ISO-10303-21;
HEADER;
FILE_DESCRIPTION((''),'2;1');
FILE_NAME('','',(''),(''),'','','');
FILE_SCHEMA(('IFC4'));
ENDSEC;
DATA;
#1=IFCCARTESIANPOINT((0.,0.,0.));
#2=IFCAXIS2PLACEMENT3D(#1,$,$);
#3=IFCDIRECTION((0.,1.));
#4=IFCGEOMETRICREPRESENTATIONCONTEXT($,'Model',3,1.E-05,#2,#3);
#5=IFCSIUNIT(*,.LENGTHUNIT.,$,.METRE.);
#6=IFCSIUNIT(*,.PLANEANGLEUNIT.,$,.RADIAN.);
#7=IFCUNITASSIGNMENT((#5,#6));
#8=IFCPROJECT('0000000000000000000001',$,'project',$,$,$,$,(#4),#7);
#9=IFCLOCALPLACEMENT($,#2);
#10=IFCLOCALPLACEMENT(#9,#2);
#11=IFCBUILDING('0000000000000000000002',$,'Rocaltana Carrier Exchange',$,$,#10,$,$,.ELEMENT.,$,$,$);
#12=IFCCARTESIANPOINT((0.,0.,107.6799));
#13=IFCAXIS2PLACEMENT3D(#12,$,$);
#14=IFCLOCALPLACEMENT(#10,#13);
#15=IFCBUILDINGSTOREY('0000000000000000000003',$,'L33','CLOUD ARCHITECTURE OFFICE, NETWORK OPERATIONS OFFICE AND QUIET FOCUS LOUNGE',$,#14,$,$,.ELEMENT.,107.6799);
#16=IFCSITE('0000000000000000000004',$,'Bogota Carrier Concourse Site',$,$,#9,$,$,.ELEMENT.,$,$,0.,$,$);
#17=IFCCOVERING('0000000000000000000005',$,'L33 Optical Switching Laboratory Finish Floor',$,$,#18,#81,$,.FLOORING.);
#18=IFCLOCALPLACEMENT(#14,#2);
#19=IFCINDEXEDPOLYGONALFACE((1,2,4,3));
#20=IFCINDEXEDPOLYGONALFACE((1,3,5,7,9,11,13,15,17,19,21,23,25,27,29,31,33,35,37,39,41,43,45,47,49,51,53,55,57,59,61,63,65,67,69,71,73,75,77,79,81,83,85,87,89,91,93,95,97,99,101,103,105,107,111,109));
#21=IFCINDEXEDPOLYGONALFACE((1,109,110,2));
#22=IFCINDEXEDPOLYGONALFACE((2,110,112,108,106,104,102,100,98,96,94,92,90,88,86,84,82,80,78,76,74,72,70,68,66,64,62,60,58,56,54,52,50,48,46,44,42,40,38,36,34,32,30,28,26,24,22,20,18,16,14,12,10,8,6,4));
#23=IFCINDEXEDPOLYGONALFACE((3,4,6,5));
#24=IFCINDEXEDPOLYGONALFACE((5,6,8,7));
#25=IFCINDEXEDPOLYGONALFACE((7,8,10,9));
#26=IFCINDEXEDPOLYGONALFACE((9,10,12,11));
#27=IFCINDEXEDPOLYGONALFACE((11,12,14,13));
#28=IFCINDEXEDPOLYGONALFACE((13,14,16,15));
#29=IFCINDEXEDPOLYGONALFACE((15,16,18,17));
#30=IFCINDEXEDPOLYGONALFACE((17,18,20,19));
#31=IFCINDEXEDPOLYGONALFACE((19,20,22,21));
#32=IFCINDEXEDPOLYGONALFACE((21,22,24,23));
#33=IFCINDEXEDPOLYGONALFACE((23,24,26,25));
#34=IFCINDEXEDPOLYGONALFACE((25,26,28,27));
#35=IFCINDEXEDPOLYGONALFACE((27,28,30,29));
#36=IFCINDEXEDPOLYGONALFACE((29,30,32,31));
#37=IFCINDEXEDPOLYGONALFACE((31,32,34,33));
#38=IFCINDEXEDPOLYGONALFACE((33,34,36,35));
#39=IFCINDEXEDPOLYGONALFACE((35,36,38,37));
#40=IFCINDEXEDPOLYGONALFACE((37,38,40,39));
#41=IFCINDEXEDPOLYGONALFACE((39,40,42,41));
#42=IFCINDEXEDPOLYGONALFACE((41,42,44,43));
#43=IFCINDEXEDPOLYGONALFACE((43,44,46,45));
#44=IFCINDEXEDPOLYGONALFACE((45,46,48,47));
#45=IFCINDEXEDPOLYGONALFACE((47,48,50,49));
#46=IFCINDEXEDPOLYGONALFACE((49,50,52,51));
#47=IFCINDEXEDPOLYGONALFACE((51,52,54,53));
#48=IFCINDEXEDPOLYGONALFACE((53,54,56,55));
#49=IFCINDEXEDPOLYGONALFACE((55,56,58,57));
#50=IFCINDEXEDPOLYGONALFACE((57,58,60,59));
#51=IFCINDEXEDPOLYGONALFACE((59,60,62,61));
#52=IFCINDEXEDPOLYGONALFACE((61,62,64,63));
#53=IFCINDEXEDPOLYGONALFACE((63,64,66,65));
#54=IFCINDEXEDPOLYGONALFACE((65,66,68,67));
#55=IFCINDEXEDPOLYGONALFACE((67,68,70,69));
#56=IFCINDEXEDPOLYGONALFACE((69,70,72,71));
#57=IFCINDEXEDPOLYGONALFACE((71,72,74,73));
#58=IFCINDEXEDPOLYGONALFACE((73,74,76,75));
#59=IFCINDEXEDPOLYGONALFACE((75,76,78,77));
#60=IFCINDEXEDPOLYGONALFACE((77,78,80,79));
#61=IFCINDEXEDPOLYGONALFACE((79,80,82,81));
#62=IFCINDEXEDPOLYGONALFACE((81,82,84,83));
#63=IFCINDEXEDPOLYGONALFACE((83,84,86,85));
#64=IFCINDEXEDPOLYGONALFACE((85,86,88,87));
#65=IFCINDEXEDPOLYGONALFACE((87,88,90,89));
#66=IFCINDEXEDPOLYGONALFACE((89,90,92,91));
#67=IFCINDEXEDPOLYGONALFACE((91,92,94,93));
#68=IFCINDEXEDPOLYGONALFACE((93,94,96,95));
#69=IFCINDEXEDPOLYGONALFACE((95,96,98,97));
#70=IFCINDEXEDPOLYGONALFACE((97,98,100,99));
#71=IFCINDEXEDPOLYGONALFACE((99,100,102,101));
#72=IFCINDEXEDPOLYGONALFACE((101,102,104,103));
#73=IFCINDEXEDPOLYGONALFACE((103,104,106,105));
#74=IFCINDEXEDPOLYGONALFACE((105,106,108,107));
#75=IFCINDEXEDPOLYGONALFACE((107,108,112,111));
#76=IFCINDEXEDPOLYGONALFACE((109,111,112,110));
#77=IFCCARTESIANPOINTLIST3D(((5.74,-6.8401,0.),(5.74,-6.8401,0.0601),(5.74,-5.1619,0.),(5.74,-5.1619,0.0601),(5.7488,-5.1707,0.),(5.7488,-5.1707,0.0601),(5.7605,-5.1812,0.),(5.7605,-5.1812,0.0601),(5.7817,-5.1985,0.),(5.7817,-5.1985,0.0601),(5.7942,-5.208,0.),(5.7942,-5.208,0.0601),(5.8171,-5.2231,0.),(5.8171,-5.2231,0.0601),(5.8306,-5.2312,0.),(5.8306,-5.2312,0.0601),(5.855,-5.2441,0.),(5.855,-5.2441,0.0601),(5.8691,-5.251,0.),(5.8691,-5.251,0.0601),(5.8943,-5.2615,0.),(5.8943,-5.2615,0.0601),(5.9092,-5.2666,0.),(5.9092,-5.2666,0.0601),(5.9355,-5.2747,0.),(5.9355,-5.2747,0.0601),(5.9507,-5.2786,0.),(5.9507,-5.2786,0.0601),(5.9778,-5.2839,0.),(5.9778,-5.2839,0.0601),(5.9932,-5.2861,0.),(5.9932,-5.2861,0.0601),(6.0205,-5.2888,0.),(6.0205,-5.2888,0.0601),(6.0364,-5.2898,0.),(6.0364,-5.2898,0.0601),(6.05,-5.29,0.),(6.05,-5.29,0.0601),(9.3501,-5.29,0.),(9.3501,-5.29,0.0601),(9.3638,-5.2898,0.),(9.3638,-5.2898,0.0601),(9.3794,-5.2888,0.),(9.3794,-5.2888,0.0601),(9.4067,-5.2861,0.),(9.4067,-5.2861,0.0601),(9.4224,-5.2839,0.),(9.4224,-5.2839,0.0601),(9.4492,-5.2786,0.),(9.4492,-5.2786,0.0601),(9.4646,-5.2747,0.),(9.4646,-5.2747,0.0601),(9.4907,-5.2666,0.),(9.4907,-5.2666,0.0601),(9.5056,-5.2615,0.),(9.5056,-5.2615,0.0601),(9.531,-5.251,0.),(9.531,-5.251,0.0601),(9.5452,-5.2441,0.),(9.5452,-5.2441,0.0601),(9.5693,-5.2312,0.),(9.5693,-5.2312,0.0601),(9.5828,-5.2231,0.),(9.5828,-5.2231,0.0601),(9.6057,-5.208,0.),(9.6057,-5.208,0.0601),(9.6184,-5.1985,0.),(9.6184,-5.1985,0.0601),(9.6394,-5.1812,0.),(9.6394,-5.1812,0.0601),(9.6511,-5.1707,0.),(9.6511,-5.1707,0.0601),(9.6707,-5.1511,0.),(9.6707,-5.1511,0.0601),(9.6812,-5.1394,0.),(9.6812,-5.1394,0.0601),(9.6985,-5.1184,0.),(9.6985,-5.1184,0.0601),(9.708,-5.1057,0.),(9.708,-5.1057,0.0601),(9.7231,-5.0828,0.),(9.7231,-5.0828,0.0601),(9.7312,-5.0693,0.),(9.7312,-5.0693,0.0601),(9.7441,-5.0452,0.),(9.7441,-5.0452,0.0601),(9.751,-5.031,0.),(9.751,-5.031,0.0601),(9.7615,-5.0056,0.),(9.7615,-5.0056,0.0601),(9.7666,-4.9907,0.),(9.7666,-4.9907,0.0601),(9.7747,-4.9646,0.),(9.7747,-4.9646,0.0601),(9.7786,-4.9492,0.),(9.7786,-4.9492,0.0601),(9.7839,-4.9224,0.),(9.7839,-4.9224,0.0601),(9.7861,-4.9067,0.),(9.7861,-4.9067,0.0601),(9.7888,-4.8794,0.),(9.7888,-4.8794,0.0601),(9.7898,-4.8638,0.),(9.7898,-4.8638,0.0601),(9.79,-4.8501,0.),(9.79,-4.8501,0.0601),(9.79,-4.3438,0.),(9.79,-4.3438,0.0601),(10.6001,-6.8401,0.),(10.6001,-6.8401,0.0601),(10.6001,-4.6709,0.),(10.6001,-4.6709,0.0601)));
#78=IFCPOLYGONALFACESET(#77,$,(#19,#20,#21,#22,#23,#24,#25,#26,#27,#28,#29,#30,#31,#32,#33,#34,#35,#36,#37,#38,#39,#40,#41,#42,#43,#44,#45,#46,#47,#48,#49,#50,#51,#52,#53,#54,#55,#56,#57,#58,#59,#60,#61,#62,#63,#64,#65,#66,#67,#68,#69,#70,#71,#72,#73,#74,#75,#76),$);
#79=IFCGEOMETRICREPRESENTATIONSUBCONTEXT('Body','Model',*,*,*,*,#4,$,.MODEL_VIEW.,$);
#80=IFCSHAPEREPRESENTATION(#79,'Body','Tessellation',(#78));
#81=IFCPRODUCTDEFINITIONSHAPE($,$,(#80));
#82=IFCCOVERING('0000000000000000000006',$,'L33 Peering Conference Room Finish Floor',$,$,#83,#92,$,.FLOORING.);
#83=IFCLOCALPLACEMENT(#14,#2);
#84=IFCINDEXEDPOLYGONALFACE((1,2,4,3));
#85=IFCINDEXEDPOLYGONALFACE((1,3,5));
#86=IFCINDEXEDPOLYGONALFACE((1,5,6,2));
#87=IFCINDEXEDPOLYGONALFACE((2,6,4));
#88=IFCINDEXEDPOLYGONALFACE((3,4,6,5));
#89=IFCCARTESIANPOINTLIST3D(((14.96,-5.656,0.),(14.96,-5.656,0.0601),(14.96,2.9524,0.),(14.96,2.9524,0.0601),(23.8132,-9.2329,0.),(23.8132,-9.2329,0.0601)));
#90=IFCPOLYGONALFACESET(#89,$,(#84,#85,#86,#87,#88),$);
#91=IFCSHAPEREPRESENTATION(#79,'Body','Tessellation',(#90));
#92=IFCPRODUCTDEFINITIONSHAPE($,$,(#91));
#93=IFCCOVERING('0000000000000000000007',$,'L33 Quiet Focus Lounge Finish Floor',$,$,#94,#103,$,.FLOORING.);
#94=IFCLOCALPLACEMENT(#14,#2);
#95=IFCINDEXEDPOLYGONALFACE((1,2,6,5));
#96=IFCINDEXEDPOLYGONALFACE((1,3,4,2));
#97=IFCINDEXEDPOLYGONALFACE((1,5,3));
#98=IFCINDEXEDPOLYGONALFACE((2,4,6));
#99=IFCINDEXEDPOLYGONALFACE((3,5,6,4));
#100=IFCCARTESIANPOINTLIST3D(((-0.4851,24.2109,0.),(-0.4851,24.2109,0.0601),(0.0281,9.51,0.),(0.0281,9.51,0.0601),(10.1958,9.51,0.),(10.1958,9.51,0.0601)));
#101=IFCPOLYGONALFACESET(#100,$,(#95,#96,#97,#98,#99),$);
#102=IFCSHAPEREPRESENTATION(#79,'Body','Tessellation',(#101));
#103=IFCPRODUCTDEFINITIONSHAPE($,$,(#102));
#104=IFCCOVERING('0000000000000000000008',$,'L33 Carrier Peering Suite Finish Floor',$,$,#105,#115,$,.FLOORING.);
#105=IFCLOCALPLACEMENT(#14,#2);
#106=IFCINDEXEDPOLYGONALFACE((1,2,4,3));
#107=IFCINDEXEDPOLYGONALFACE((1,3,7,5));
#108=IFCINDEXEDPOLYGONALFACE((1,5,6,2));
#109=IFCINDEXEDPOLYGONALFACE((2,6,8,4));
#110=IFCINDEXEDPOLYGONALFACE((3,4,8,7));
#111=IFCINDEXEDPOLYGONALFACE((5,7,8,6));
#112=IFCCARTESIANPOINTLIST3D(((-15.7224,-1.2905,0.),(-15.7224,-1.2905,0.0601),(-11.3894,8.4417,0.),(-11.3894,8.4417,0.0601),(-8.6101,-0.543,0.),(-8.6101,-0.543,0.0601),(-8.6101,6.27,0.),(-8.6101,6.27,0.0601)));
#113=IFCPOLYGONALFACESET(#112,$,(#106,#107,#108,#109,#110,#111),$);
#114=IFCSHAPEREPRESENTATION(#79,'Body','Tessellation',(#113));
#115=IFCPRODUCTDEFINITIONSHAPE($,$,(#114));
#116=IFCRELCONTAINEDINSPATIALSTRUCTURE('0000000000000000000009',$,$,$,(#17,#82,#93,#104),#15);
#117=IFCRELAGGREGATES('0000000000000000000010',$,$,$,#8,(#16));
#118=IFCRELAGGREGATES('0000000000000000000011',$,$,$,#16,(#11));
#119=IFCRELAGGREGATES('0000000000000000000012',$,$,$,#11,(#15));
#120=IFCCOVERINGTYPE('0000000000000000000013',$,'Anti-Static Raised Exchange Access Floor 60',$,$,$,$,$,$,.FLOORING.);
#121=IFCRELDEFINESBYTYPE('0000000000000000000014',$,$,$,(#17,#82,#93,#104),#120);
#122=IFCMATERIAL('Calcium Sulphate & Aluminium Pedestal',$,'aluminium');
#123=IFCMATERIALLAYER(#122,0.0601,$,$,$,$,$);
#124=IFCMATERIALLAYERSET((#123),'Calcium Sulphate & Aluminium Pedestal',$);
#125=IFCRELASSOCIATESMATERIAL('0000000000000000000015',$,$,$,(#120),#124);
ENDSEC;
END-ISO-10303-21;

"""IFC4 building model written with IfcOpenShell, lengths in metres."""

from ifc_helpers import new_model, si_unit, direction, frame, origin, place, context, subcontext, project, spatial, polyline, outline, extrude, material, layer, layer_set, type_object, element, save


model = new_model("IFC4")

# Units and contexts
model_context = context("Model", 3, precision=1e-05, world=origin(), true_north=direction((0.0, 1.0)))
body_context = subcontext(model_context, "Body", "Model", "MODEL_VIEW")
ifc_project = project(units=[si_unit("LENGTHUNIT", "METRE"), si_unit("PLANEANGLEUNIT", "RADIAN")], contexts=[model_context])

# Site, building, storey
site_placement = place(None, origin())
site = spatial("IfcSite", under=ifc_project, at=site_placement, Name="Bogota Carrier Concourse Site", CompositionType="ELEMENT", RefElevation=0.0)
building_placement = place(site_placement, origin())
building = spatial("IfcBuilding", under=site, at=building_placement, Name="Rocaltana Carrier Exchange", CompositionType="ELEMENT")
storey_placement = place(building_placement, frame((0.0, 0.0, 107.6799)))
storey = spatial("IfcBuildingStorey", under=building, at=storey_placement, Name="L33", Description="CLOUD ARCHITECTURE OFFICE, NETWORK OPERATIONS OFFICE AND QUIET FOCUS LOUNGE", CompositionType="ELEMENT", Elevation=107.6799)

# Coverings
ifc_material_1 = material(Name="Calcium Sulphate & Aluminium Pedestal", Category="aluminium")
ifc_layer_1 = layer(ifc_material_1, 0.0601)
ifc_layer_set_1 = layer_set([ifc_layer_1], Name="Calcium Sulphate & Aluminium Pedestal")
covering_type_1 = type_object("IfcCoveringType", Name="Anti-Static Raised Exchange Access Floor 60", PredefinedType="FLOORING", material=ifc_layer_set_1)
covering_1_placement = place(storey_placement, origin())
element("IfcCovering", 1, at=covering_1_placement, inside=storey, type_object=covering_type_1, Name="L33 Optical Switching Laboratory Finish Floor", PredefinedType="FLOORING", context=body_context, shape_type="SweptSolid", body=[
    extrude(outline(polyline([(5.74, -6.8401), (5.74, -5.1619), (5.7488, -5.1707), (5.7605, -5.1812), (5.7817, -5.1985), (5.7942, -5.208), (5.8171, -5.2231), (5.8306, -5.2312), (5.855, -5.2441), (5.8691, -5.251), (5.8943, -5.2615), (5.9092, -5.2666), (5.9355, -5.2747), (5.9507, -5.2786), (5.9778, -5.2839), (5.9932, -5.2861), (6.0205, -5.2888), (6.0364, -5.2898), (6.05, -5.29), (9.3501, -5.29), (9.3638, -5.2898), (9.3794, -5.2888), (9.4067, -5.2861), (9.4224, -5.2839), (9.4492, -5.2786), (9.4646, -5.2747), (9.4907, -5.2666), (9.5056, -5.2615), (9.531, -5.251), (9.5452, -5.2441), (9.5693, -5.2312), (9.5828, -5.2231), (9.6057, -5.208), (9.6184, -5.1985), (9.6394, -5.1812), (9.6511, -5.1707), (9.6707, -5.1511), (9.6812, -5.1394), (9.6985, -5.1184), (9.708, -5.1057), (9.7231, -5.0828), (9.7312, -5.0693), (9.7441, -5.0452), (9.751, -5.031), (9.7615, -5.0056), (9.7666, -4.9907), (9.7747, -4.9646), (9.7786, -4.9492), (9.7839, -4.9224), (9.7861, -4.9067), (9.7888, -4.8794), (9.7898, -4.8638), (9.79, -4.8501), (9.79, -4.3438), (10.6001, -4.6709), (10.6001, -6.8401), (5.74, -6.8401)])), origin(), (0.0, 0.0, 1.0), 0.0601),
])
covering_2_placement = place(storey_placement, origin())
element("IfcCovering", 2, at=covering_2_placement, inside=storey, type_object=covering_type_1, Name="L33 Peering Conference Room Finish Floor", PredefinedType="FLOORING", context=body_context, shape_type="SweptSolid", body=[
    extrude(outline(polyline([(14.96, 2.9524), (23.8132, -9.2329), (14.96, -5.656), (14.96, 2.9524)])), origin(), (0.0, 0.0, 1.0), 0.0601),
])
covering_3_placement = place(storey_placement, origin())
element("IfcCovering", 3, at=covering_3_placement, inside=storey, type_object=covering_type_1, Name="L33 Quiet Focus Lounge Finish Floor", PredefinedType="FLOORING", context=body_context, shape_type="SweptSolid", body=[
    extrude(outline(polyline([(10.1958, 9.51), (0.0281, 9.51), (-0.4851, 24.2109), (10.1958, 9.51)])), origin(), (0.0, 0.0, 1.0), 0.0601),
])
covering_4_placement = place(storey_placement, origin())
element("IfcCovering", 4, at=covering_4_placement, inside=storey, type_object=covering_type_1, Name="L33 Carrier Peering Suite Finish Floor", PredefinedType="FLOORING", context=body_context, shape_type="SweptSolid", body=[
    extrude(outline(polyline([(-11.3894, 8.4417), (-8.6101, 6.27), (-8.6101, -0.543), (-15.7224, -1.2905), (-11.3894, 8.4417)])), origin(), (0.0, 0.0, 1.0), 0.0601),
])

save(model, "model.ifc")
